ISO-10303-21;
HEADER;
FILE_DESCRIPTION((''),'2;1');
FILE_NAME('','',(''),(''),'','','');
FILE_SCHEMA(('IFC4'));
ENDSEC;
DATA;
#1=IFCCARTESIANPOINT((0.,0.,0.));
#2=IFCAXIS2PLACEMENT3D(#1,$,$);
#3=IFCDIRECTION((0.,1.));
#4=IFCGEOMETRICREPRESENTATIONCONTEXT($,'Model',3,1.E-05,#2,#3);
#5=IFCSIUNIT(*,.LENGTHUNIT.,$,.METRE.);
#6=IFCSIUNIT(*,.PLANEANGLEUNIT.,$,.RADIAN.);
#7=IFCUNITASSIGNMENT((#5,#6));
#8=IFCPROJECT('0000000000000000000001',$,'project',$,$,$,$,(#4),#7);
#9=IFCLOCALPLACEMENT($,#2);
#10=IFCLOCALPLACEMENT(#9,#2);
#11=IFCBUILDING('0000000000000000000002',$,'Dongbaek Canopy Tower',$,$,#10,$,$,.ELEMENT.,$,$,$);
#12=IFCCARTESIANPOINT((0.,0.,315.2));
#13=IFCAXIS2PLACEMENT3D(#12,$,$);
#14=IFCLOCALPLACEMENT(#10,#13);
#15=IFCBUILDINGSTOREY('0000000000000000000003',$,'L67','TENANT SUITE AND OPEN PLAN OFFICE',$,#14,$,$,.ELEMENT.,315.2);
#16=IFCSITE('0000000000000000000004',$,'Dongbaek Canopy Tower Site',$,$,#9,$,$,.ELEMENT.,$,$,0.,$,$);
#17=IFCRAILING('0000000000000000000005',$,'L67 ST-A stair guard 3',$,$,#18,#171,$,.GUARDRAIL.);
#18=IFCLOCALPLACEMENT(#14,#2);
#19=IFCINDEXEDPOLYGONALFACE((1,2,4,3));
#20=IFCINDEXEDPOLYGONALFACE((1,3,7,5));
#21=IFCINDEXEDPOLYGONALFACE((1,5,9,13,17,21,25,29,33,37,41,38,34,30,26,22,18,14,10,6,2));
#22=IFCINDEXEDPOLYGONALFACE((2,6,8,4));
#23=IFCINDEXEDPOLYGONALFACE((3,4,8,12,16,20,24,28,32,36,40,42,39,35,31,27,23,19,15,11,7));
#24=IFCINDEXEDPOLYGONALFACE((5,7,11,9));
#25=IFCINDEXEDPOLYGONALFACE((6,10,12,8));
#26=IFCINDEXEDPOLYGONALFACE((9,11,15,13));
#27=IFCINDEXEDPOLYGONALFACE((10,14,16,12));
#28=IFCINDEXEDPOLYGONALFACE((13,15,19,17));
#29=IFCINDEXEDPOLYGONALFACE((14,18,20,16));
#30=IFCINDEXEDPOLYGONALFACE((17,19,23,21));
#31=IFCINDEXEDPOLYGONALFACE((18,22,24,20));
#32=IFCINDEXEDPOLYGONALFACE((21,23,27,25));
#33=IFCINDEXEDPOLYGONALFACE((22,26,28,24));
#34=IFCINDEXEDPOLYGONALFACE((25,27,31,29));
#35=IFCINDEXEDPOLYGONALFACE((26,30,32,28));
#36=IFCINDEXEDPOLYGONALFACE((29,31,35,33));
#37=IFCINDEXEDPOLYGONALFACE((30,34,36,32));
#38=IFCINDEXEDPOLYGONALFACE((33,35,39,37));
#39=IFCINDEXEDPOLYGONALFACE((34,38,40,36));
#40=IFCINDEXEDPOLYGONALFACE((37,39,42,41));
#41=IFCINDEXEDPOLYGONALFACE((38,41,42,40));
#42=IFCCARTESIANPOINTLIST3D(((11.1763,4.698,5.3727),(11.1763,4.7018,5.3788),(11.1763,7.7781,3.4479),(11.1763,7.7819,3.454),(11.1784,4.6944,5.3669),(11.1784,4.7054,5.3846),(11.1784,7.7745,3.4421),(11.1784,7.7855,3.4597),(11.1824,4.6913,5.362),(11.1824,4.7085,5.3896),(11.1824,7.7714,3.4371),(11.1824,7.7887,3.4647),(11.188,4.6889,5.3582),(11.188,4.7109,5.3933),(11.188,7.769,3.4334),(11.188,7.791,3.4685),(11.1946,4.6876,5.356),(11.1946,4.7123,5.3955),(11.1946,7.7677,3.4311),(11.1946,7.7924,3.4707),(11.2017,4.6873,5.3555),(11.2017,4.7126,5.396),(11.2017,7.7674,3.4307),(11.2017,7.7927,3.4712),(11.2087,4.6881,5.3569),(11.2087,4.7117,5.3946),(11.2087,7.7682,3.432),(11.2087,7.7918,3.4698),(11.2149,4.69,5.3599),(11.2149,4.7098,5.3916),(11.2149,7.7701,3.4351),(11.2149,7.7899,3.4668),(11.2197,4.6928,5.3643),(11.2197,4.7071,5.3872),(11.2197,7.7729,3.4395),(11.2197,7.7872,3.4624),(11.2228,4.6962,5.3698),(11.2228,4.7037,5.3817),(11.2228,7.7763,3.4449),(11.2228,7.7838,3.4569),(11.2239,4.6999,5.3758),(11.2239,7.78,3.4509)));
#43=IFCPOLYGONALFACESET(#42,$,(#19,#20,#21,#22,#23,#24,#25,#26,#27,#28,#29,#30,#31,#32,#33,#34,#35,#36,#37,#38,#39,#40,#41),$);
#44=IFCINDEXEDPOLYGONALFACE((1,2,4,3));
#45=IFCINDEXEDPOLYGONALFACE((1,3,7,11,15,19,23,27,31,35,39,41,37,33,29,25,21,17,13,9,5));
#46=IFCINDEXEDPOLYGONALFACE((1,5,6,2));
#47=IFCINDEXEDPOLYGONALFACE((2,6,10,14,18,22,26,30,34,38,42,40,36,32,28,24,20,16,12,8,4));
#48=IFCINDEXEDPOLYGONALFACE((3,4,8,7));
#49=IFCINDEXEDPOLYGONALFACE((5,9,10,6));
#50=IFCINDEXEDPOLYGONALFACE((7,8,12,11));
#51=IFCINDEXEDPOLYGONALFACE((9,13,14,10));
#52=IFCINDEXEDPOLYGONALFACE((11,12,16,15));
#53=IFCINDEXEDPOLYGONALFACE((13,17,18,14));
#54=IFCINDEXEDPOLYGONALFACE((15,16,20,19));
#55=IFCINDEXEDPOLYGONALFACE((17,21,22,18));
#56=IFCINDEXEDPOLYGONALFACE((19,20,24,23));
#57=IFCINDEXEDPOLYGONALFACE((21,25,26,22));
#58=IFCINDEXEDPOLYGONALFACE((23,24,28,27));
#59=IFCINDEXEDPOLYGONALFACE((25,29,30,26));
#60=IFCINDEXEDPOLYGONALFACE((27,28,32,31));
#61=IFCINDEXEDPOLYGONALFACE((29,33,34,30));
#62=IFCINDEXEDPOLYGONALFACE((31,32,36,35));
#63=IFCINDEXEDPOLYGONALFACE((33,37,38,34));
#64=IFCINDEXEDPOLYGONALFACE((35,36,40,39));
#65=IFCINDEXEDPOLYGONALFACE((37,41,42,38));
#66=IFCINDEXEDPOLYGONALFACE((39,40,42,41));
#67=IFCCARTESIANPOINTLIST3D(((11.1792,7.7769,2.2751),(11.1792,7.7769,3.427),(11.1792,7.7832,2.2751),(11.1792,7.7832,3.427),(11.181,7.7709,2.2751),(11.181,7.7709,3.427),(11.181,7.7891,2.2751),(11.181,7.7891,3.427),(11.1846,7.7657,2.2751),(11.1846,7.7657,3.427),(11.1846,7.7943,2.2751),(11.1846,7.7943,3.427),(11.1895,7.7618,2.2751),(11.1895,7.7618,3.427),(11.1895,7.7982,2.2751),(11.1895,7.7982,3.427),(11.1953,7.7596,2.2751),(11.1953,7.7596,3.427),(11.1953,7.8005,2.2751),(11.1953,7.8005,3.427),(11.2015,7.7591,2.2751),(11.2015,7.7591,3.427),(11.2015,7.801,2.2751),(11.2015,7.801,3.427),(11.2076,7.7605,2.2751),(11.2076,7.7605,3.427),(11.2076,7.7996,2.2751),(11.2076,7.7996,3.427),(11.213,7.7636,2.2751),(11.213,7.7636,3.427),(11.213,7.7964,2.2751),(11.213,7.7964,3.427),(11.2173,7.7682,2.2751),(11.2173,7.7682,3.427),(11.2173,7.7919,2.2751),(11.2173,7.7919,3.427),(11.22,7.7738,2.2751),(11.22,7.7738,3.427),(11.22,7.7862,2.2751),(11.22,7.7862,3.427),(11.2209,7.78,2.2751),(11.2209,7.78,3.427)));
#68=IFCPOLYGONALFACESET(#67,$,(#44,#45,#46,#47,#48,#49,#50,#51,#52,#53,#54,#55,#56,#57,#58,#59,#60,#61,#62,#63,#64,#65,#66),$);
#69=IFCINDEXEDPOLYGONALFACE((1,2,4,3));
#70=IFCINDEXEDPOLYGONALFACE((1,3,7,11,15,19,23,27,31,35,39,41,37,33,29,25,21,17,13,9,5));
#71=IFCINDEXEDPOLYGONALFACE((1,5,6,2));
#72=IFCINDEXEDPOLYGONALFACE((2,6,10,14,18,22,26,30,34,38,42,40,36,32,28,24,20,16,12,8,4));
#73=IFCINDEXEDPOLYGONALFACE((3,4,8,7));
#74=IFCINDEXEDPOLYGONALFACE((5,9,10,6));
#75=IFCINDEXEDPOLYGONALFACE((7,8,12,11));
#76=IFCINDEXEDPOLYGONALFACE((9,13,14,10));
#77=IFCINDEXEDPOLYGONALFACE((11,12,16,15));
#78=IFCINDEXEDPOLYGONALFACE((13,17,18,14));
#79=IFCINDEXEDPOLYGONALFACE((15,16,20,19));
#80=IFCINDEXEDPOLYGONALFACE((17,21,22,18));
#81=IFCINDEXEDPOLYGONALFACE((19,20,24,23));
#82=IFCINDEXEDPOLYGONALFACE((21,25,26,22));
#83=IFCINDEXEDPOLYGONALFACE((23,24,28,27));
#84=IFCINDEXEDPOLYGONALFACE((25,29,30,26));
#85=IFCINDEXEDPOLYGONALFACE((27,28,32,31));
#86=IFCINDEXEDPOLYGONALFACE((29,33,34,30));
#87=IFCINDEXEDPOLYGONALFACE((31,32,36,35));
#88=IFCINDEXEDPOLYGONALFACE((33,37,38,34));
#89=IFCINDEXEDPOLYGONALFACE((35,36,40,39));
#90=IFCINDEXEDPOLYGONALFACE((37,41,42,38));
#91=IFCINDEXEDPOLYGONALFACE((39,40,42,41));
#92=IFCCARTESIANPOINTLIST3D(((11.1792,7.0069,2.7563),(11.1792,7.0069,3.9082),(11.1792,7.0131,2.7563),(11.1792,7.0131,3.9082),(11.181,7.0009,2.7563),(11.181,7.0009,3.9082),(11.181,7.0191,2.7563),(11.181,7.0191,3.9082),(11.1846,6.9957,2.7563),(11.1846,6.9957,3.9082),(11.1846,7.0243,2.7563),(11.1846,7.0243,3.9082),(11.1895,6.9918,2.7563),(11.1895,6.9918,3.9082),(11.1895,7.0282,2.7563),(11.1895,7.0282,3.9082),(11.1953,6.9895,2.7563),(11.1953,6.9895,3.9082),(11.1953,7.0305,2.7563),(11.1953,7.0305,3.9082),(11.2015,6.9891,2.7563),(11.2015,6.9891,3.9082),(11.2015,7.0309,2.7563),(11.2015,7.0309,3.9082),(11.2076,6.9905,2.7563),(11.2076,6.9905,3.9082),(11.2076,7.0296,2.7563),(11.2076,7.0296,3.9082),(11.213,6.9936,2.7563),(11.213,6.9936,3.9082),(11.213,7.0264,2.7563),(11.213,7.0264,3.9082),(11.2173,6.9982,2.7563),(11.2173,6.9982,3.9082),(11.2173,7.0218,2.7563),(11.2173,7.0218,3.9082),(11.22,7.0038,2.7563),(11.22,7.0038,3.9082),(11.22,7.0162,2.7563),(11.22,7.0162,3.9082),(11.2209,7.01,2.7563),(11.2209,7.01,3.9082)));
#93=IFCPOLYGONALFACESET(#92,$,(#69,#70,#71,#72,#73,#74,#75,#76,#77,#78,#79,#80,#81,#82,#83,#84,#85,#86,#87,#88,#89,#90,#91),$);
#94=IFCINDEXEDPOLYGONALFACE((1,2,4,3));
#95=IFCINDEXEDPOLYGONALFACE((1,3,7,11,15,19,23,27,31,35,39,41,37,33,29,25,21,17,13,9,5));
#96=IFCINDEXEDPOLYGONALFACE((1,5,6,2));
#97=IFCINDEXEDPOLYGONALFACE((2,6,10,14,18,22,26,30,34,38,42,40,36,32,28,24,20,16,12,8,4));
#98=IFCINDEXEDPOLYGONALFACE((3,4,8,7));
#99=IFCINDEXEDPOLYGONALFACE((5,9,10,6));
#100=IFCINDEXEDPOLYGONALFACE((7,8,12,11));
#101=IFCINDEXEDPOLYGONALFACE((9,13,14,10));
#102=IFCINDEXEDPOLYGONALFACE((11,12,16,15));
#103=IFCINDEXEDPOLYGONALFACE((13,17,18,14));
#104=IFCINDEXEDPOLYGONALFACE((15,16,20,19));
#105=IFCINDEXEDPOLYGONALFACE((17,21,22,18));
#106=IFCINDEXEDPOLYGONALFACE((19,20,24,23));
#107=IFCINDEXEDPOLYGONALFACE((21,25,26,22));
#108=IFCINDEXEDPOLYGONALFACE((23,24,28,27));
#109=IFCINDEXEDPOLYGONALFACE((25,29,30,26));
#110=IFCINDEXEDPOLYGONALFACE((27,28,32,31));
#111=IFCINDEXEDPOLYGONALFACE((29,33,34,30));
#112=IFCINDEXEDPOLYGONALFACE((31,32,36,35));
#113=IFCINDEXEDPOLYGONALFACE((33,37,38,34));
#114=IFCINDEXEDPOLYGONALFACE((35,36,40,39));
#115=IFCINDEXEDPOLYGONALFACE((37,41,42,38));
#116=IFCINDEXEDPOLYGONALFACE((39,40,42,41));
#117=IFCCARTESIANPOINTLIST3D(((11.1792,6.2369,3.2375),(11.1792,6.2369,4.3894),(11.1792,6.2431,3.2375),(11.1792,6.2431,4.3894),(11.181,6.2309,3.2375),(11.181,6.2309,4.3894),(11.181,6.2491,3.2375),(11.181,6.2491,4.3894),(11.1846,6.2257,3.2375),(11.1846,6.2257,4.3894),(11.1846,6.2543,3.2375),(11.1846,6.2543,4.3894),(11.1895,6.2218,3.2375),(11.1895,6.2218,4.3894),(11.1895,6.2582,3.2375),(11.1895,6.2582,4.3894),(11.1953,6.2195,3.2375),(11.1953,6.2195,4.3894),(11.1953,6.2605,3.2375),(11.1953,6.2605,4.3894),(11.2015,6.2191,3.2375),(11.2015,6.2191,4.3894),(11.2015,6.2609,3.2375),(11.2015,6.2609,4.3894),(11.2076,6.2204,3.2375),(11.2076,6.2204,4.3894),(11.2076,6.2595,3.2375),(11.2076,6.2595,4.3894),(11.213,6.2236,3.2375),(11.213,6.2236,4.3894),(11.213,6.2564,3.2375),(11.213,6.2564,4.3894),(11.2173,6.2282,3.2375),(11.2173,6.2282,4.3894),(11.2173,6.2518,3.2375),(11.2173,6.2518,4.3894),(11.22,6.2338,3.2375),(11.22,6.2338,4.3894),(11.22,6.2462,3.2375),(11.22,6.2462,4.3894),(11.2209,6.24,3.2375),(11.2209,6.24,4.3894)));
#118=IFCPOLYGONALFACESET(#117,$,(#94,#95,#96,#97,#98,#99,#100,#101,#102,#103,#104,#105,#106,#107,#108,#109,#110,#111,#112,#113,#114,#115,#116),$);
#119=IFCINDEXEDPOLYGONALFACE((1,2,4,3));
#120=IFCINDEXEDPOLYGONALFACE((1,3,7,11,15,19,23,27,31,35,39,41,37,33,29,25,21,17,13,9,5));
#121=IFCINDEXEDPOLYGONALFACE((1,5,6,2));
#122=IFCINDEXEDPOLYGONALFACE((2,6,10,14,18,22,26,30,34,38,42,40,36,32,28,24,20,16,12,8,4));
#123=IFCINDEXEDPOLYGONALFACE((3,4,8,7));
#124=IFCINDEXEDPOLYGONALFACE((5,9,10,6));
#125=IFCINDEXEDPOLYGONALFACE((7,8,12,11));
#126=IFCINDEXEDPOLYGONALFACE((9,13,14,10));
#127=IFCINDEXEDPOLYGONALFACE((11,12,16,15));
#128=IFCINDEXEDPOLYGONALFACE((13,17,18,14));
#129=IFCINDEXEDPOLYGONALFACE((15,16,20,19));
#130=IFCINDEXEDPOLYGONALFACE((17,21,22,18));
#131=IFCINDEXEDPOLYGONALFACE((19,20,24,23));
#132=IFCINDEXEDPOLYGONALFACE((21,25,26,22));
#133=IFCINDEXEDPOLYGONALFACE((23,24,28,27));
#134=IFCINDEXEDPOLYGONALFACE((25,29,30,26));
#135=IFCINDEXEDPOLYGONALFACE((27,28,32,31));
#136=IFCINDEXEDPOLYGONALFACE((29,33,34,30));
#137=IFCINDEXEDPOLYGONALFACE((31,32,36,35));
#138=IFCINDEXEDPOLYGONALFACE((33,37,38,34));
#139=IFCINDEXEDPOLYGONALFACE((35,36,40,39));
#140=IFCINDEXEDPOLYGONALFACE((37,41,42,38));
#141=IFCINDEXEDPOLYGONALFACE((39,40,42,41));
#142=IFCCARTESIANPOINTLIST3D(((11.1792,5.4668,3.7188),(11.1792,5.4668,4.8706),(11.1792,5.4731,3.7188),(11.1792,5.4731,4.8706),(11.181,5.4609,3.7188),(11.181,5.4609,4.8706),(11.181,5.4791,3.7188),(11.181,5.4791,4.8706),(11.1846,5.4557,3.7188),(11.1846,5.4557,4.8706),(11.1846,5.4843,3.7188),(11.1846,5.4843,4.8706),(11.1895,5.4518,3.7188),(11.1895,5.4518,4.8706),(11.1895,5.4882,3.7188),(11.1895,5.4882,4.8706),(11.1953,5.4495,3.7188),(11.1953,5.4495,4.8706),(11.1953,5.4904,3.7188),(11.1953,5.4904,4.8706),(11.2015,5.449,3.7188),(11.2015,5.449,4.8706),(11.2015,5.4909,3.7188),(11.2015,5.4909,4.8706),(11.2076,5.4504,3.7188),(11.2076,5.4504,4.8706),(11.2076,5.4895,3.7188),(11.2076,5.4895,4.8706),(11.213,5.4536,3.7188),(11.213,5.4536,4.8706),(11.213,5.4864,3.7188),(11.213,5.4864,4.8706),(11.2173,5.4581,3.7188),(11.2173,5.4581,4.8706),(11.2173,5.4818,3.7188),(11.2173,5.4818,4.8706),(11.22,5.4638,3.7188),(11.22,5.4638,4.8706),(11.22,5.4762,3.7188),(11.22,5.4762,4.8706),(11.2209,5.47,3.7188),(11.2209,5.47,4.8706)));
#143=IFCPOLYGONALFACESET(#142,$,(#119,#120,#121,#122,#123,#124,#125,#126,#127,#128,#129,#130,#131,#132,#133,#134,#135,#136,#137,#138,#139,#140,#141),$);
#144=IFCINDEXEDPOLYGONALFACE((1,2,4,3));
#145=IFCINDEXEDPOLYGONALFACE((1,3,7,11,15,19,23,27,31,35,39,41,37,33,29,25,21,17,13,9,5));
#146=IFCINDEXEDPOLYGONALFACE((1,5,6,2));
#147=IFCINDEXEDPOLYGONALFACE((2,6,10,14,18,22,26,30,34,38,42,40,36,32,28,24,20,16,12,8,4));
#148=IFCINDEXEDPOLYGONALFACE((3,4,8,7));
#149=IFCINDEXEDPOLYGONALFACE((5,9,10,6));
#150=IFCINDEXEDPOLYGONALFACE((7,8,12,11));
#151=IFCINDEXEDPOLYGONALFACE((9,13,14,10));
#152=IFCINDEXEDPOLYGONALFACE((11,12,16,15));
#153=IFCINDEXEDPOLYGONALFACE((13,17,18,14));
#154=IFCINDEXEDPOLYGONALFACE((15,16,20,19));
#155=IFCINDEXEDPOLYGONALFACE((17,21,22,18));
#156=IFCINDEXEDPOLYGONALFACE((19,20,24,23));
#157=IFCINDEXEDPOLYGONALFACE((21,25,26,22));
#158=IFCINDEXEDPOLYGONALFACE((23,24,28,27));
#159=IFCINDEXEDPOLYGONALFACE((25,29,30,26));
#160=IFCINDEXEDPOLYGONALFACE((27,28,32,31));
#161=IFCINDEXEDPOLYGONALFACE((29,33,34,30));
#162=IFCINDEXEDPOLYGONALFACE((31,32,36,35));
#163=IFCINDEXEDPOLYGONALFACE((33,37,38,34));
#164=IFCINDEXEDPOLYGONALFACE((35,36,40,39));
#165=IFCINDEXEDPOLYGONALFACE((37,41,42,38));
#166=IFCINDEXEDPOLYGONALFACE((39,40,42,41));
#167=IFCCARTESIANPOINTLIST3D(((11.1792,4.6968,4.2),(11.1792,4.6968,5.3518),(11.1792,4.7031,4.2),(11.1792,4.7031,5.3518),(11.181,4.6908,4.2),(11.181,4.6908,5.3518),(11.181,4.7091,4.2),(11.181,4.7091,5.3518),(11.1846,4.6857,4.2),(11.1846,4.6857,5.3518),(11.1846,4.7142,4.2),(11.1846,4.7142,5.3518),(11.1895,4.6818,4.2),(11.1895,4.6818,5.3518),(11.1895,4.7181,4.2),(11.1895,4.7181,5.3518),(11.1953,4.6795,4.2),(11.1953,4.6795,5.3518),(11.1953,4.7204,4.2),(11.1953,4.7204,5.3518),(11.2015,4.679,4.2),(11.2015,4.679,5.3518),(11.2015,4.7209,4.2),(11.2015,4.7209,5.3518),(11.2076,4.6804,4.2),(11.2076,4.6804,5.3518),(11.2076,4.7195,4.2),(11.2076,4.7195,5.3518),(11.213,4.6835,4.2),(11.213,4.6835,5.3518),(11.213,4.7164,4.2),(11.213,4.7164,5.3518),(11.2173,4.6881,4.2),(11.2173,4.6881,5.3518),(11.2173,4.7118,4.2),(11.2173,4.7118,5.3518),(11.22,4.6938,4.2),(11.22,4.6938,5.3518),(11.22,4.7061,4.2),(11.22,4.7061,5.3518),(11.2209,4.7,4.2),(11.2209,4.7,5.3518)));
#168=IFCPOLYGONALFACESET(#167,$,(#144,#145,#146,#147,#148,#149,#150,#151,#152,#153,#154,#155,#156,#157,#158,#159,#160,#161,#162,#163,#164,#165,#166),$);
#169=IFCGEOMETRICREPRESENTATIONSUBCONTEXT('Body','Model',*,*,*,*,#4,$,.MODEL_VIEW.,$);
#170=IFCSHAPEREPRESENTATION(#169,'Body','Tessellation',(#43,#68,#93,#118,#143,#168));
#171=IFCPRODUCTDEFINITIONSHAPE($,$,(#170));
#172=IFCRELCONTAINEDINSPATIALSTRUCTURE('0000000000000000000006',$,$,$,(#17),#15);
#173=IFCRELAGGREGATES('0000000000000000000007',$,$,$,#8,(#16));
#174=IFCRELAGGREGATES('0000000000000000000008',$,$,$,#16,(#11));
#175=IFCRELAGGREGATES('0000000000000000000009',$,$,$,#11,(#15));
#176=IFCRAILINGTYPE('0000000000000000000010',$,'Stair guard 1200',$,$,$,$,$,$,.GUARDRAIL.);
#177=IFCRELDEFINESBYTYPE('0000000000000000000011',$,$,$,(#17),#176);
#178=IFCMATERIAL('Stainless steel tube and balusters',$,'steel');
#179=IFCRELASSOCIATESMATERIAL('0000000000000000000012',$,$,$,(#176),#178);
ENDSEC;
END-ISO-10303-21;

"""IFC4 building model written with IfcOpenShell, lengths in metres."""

from ifc_helpers import new_model, si_unit, direction, frame, origin, origin_2d, place, context, subcontext, project, spatial, circle, extrude, material, type_object, element, save


model = new_model("IFC4")

# Units and contexts
model_context = context("Model", 3, precision=1e-05, world=origin(), true_north=direction((0.0, 1.0)))
body_context = subcontext(model_context, "Body", "Model", "MODEL_VIEW")
ifc_project = project(units=[si_unit("LENGTHUNIT", "METRE"), si_unit("PLANEANGLEUNIT", "RADIAN")], contexts=[model_context])

# Site, building, storey
site_placement = place(None, origin())
site = spatial("IfcSite", under=ifc_project, at=site_placement, Name="Dongbaek Canopy Tower Site", CompositionType="ELEMENT", RefElevation=0.0)
building_placement = place(site_placement, origin())
building = spatial("IfcBuilding", under=site, at=building_placement, Name="Dongbaek Canopy Tower", CompositionType="ELEMENT")
storey_placement = place(building_placement, frame((0.0, 0.0, 315.2)))
storey = spatial("IfcBuildingStorey", under=building, at=storey_placement, Name="L67", Description="TENANT SUITE AND OPEN PLAN OFFICE", CompositionType="ELEMENT", Elevation=315.2)

# Railing
ifc_material_1 = material(Name="Stainless steel tube and balusters", Category="steel")
railing_type_1 = type_object("IfcRailingType", Name="Stair guard 1200", PredefinedType="GUARDRAIL", material=ifc_material_1)
railing_1_placement = place(storey_placement, frame((11.2, 7.78, 2.2751)))
element("IfcRailing", 1, at=railing_1_placement, inside=storey, type_object=railing_type_1, Name="L67 ST-A stair guard 3", PredefinedType="GUARDRAIL", context=body_context, shape_type="SweptSolid", body=[
    extrude(circle(Radius=0.0239, at=origin_2d()), frame((0.0, 0.0, 1.1758), z_axis=(0.0, -0.848029, 0.529951), x_axis=(1.0, 0.0, 0.0)), (0.0, 0.0, 1.0), 3.6321),
    extrude(circle(Radius=0.021, at=origin_2d()), origin(), (0.0, 0.0, 1.0), 1.1519),
    extrude(circle(Radius=0.021, at=origin_2d()), frame((0.0, -0.77, 0.4812)), (0.0, 0.0, 1.0), 1.1519),
    extrude(circle(Radius=0.021, at=origin_2d()), frame((0.0, -1.54, 0.9624)), (0.0, 0.0, 1.0), 1.1519),
    extrude(circle(Radius=0.021, at=origin_2d()), frame((0.0, -2.3101, 1.4436)), (0.0, 0.0, 1.0), 1.1519),
    extrude(circle(Radius=0.021, at=origin_2d()), frame((0.0, -3.0801, 1.9248)), (0.0, 0.0, 1.0), 1.1519),
])

save(model, "model.ifc")
